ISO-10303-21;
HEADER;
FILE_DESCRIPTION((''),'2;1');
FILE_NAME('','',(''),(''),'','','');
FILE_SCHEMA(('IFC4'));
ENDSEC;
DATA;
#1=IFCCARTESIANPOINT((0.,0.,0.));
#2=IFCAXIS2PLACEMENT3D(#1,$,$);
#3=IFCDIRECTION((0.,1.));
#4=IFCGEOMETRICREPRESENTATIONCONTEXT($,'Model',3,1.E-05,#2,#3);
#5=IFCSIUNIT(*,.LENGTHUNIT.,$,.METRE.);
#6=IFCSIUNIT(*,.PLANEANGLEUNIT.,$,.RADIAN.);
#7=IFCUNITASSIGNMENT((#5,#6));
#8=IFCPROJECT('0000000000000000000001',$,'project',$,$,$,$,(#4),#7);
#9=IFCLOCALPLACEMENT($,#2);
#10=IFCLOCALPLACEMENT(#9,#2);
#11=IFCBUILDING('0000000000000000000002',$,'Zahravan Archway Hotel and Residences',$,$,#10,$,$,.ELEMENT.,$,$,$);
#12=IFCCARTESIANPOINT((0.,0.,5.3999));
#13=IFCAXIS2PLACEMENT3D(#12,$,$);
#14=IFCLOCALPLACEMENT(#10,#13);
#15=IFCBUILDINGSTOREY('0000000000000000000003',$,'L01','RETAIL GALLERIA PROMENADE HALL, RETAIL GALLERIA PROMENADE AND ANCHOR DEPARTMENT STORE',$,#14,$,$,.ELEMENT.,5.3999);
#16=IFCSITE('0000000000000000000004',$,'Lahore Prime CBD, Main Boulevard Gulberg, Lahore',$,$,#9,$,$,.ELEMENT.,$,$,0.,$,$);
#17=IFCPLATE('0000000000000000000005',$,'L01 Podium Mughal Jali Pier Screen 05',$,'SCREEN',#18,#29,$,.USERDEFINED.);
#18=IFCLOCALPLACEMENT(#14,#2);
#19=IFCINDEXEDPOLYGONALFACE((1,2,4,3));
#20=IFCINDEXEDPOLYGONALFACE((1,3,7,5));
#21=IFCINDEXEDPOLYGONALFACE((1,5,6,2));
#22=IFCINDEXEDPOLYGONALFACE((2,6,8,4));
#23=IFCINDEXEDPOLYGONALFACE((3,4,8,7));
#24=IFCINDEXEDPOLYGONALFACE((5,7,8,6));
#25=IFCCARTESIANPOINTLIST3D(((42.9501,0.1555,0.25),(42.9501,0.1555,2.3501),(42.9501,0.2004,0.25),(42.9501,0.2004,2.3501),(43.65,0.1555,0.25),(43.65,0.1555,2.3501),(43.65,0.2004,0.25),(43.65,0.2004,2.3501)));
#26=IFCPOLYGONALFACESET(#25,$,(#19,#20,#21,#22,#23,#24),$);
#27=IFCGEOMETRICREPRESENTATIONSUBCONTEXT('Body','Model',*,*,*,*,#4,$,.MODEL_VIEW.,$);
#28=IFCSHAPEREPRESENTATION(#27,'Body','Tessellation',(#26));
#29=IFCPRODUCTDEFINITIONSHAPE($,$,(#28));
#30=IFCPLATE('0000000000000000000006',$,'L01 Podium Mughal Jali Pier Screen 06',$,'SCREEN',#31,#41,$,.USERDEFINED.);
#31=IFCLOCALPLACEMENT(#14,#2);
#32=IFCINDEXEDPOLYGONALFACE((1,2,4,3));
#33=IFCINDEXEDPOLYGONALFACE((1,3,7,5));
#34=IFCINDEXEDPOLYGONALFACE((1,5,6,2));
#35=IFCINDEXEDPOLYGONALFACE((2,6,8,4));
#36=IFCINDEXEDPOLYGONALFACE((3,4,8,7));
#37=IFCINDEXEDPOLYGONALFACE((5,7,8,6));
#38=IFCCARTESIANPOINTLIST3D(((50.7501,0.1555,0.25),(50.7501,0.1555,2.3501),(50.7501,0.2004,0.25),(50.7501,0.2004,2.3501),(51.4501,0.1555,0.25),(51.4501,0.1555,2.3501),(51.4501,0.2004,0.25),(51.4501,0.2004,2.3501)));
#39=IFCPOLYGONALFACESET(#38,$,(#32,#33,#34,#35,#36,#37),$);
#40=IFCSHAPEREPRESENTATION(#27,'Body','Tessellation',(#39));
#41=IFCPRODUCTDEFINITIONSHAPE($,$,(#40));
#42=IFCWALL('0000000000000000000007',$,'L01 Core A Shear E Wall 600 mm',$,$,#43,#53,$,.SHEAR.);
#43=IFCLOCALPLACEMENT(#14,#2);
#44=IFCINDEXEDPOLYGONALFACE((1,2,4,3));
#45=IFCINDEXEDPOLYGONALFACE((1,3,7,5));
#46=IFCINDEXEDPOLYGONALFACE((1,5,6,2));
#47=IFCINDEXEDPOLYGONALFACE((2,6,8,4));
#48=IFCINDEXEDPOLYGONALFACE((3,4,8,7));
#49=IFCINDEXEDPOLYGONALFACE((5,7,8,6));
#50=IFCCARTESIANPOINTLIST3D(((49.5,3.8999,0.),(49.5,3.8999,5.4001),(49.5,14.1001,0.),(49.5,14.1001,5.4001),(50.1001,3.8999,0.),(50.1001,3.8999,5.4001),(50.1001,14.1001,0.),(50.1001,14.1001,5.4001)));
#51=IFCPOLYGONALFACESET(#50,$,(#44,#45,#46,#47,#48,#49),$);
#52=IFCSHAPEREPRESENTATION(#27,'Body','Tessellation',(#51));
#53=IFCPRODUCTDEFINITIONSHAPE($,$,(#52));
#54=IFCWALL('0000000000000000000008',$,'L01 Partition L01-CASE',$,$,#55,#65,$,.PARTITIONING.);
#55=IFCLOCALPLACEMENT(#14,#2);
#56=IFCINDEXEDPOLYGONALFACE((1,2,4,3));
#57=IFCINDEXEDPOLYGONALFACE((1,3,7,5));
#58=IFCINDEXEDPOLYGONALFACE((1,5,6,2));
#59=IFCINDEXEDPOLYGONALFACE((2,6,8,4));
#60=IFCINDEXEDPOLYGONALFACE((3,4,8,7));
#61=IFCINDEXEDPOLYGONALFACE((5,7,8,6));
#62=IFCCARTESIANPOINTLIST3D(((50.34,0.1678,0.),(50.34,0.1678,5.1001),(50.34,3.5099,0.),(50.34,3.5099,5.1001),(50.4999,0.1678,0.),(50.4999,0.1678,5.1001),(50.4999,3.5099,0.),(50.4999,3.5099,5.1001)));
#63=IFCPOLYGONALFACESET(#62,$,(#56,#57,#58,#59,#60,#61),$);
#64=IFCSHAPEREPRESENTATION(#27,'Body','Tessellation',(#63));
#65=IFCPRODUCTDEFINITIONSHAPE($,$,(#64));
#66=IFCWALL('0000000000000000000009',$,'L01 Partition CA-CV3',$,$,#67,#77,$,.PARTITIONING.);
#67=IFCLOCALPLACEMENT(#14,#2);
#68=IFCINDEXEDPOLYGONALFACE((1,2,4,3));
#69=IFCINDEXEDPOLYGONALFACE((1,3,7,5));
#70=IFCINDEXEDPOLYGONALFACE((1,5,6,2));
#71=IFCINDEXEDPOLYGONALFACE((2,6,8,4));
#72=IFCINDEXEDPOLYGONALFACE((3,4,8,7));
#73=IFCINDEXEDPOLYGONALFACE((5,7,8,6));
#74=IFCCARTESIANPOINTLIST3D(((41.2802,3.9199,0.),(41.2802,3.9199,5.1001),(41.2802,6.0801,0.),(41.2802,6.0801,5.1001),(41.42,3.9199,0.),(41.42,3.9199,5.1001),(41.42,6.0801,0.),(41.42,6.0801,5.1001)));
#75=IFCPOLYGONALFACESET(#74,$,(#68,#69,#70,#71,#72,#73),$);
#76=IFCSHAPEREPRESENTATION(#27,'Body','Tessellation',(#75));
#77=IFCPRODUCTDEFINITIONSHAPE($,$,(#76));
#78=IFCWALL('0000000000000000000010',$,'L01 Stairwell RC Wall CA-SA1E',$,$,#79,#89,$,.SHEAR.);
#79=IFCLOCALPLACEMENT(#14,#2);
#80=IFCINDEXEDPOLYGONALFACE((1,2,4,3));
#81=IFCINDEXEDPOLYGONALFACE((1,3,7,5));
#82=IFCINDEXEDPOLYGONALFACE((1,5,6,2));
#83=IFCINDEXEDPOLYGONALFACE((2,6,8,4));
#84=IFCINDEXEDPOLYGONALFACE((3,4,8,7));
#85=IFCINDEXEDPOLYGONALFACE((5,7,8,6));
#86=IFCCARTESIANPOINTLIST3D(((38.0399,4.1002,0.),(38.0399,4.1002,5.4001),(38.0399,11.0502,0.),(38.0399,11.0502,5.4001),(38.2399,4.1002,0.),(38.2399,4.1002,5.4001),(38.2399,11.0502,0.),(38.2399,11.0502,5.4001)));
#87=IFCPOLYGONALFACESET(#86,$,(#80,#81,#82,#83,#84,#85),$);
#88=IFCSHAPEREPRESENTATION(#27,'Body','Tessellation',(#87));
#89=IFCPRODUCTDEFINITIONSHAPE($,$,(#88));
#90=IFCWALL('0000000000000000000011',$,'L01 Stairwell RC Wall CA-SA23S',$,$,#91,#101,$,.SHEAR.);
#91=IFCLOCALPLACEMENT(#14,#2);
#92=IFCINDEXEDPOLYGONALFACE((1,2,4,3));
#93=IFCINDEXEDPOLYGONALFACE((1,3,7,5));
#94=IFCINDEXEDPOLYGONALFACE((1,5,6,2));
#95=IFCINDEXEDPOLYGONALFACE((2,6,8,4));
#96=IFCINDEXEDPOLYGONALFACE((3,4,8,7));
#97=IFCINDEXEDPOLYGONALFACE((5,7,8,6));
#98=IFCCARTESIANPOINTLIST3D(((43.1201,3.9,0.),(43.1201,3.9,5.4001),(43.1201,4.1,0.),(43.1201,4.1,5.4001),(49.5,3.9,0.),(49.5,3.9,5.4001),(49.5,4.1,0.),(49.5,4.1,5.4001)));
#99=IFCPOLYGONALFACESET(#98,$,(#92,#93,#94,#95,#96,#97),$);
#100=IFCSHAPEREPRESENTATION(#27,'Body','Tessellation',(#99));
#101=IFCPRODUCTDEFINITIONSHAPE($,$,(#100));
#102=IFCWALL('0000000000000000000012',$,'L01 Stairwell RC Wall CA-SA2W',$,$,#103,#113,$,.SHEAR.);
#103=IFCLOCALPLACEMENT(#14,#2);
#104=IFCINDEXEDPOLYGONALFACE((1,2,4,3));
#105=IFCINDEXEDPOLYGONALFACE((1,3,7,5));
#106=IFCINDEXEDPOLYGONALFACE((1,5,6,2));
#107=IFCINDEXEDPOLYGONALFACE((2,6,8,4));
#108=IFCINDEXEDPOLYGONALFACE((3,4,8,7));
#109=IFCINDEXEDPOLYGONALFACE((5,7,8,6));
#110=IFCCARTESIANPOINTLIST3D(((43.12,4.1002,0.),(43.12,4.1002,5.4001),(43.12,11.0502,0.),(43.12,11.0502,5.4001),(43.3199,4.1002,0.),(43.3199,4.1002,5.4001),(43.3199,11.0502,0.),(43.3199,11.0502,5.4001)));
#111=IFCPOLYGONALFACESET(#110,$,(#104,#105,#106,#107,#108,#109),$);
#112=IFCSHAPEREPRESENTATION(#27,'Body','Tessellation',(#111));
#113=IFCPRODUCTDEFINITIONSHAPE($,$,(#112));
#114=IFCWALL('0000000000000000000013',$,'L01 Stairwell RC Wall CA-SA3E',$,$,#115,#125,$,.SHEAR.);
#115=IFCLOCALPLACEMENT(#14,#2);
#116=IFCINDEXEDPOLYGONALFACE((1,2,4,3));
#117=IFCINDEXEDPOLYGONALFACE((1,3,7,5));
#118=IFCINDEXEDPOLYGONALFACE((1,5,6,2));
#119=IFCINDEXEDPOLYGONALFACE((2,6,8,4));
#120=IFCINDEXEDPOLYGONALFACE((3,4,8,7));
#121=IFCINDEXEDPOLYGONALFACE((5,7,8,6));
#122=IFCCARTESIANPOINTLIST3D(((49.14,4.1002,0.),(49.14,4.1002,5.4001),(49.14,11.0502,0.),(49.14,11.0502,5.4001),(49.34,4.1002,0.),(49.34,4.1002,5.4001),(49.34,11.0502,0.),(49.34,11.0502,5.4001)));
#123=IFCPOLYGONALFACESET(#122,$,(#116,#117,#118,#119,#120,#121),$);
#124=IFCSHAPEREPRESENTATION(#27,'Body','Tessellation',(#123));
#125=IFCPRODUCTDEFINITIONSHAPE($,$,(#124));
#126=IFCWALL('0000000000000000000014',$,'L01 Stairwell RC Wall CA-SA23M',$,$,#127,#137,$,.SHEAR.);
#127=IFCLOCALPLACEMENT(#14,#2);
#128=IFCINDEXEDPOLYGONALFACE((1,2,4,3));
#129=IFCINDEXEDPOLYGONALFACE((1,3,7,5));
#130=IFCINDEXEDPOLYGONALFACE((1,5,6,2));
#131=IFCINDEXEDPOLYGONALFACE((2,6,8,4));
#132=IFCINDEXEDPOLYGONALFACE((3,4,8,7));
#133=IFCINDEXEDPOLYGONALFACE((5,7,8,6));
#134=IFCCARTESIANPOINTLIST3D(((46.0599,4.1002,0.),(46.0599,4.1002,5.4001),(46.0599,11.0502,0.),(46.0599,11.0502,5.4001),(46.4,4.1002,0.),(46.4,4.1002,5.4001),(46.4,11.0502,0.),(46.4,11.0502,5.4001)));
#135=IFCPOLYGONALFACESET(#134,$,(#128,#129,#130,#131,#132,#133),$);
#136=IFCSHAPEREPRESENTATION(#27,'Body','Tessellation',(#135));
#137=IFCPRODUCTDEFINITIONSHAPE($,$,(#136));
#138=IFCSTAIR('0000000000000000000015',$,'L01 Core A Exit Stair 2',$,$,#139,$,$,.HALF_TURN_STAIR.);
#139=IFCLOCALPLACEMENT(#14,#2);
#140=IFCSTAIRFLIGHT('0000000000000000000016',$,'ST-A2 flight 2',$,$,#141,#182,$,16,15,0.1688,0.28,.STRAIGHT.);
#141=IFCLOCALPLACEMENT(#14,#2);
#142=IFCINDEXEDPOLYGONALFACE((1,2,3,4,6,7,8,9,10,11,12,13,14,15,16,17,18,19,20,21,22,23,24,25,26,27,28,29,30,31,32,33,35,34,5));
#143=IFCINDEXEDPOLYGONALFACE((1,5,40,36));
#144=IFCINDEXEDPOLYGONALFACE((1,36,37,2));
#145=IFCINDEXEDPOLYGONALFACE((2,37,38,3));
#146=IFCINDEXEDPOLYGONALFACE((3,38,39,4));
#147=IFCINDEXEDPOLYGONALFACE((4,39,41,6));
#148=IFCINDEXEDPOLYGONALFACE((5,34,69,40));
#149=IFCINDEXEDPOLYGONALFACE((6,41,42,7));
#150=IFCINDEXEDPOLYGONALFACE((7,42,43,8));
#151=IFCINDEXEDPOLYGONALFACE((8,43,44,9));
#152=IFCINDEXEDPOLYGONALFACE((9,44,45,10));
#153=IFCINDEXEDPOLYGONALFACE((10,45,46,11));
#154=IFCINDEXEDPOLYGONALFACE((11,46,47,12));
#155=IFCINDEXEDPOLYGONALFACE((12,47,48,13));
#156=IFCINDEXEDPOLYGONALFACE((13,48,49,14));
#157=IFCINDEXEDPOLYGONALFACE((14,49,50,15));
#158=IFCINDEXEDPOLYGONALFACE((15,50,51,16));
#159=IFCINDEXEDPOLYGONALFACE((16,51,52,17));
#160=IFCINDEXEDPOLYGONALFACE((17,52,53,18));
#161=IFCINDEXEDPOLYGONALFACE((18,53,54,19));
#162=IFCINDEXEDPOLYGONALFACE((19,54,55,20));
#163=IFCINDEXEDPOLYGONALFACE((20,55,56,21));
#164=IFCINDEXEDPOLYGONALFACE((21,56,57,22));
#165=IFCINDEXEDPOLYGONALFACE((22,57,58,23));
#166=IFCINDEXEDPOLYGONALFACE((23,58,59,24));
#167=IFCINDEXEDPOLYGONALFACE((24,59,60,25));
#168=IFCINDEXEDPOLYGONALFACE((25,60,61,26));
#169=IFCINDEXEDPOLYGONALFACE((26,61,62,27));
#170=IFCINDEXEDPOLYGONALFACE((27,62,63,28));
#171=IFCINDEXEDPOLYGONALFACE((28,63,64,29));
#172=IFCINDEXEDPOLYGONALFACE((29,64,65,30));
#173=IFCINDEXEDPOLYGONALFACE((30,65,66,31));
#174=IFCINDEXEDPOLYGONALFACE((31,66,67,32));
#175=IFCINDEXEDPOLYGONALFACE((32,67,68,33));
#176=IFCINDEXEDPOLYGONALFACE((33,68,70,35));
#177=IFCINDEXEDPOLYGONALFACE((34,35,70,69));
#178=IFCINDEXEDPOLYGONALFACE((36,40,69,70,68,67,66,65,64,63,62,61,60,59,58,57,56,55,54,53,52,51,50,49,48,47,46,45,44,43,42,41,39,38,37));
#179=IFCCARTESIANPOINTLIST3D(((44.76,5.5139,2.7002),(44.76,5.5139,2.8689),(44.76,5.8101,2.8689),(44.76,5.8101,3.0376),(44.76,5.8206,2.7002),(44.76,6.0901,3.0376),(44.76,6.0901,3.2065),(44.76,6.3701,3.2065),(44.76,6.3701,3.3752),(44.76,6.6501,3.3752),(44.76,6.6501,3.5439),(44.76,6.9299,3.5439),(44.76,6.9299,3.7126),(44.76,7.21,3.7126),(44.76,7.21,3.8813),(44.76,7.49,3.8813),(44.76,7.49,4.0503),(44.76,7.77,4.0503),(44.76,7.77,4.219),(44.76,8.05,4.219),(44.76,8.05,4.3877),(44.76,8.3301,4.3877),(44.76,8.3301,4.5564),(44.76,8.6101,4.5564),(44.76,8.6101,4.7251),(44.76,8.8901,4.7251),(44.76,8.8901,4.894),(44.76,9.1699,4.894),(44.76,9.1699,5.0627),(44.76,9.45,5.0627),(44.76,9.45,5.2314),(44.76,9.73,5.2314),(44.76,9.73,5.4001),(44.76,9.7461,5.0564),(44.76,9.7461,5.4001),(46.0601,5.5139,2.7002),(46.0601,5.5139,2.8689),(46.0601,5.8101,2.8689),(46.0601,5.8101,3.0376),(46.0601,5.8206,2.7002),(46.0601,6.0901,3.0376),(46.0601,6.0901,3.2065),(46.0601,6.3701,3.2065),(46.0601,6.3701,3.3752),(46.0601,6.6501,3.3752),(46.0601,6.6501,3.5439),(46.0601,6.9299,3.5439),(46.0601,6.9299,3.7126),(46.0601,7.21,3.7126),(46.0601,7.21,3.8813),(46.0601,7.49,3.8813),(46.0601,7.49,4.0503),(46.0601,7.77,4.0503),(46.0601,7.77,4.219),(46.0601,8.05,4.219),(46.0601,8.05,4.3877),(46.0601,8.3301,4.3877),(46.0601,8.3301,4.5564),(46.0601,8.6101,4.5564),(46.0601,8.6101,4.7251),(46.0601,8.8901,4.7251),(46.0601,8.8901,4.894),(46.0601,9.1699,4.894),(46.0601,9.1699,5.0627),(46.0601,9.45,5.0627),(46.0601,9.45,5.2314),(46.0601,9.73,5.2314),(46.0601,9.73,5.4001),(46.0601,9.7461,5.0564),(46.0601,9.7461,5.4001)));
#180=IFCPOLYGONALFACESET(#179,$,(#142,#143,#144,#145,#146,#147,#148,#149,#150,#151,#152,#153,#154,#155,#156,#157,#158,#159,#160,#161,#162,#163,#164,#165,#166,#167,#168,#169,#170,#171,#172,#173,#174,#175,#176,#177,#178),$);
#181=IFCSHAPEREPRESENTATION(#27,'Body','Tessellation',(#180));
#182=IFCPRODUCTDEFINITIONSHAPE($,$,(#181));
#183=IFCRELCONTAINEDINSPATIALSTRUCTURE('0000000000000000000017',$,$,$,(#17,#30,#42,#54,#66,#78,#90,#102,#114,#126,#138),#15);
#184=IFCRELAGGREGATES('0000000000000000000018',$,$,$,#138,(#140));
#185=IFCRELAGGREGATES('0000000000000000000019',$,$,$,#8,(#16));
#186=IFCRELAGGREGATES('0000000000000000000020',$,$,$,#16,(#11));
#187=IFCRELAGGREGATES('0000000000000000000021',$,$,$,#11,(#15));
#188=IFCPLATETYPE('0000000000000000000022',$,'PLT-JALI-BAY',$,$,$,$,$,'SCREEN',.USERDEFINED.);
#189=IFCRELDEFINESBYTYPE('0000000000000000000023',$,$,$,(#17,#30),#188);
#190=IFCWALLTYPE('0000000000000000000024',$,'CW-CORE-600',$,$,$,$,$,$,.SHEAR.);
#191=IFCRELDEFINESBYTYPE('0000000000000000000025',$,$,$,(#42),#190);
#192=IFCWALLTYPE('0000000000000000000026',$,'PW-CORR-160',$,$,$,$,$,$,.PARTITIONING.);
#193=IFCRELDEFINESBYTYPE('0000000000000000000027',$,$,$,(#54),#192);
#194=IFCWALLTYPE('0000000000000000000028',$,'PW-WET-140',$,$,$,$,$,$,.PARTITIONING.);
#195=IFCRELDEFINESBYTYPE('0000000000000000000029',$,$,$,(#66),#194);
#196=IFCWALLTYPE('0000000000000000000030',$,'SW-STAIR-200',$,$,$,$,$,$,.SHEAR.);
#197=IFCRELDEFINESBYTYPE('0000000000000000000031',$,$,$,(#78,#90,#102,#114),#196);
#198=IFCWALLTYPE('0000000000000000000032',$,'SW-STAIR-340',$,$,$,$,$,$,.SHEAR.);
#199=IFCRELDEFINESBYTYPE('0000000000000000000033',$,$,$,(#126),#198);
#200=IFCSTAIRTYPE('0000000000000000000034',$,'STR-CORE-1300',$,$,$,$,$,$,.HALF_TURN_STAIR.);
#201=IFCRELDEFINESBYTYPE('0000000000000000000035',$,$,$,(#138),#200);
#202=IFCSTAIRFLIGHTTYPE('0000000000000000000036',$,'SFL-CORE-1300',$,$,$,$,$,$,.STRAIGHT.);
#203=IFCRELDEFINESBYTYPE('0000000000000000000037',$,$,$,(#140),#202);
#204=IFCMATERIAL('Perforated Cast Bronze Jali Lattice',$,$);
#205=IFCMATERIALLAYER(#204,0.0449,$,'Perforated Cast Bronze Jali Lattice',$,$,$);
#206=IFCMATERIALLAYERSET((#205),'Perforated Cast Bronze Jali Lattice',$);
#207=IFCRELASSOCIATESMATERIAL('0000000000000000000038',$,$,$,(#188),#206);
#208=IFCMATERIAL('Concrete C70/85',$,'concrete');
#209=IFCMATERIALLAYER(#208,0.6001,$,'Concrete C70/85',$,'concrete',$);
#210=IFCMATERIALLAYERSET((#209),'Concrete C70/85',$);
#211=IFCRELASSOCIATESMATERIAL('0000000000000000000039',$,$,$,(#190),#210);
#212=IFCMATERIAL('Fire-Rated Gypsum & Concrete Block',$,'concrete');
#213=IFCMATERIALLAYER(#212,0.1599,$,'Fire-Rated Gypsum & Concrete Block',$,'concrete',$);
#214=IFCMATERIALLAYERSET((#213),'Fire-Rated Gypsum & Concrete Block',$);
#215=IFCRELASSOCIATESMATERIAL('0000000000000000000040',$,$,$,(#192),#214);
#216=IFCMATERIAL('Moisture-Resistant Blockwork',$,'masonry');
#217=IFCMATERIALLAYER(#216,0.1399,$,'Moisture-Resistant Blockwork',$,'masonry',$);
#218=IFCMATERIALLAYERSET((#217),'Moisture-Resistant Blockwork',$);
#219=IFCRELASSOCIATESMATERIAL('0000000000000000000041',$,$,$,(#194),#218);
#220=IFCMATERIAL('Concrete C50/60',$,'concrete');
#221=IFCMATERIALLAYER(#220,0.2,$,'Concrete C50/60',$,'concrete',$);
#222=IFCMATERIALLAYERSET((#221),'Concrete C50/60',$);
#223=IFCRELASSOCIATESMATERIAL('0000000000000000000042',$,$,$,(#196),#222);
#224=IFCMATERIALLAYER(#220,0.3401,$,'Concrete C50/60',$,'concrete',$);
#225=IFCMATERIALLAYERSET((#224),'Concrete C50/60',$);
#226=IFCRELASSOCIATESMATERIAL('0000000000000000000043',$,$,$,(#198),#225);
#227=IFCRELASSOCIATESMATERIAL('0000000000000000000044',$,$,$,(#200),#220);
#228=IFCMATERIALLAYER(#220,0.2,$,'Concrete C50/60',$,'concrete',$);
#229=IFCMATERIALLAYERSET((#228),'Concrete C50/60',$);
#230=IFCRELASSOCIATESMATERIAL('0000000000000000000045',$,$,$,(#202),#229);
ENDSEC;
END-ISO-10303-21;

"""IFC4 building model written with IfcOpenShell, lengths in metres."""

from ifc_helpers import new_model, si_unit, direction, frame, frame_2d, origin, origin_2d, place, context, subcontext, project, spatial, polyline, rectangle, outline, extrude, source, transform, mapped, material, layer, layer_set, type_object, type_shapes, element, aggregate, save


model = new_model("IFC4")

# Units and contexts
model_context = context("Model", 3, precision=1e-05, world=origin(), true_north=direction((0.0, 1.0)))
body_context = subcontext(model_context, "Body", "Model", "MODEL_VIEW")
ifc_project = project(units=[si_unit("LENGTHUNIT", "METRE"), si_unit("PLANEANGLEUNIT", "RADIAN")], contexts=[model_context])

# Site, building, storey
site_placement = place(None, origin())
site = spatial("IfcSite", under=ifc_project, at=site_placement, Name="Lahore Prime CBD, Main Boulevard Gulberg, Lahore", CompositionType="ELEMENT", RefElevation=0.0)
building_placement = place(site_placement, origin())
building = spatial("IfcBuilding", under=site, at=building_placement, Name="Zahravan Archway Hotel and Residences", CompositionType="ELEMENT")
storey_placement = place(building_placement, frame((0.0, 0.0, 5.3999)))
storey = spatial("IfcBuildingStorey", under=building, at=storey_placement, Name="L01", Description="RETAIL GALLERIA PROMENADE HALL, RETAIL GALLERIA PROMENADE AND ANCHOR DEPARTMENT STORE", CompositionType="ELEMENT", Elevation=5.3999)

# Plates
ifc_material_1 = material(Name="Perforated Cast Bronze Jali Lattice")
ifc_layer_1 = layer(ifc_material_1, 0.0449, Name="Perforated Cast Bronze Jali Lattice")
ifc_layer_set_1 = layer_set([ifc_layer_1], Name="Perforated Cast Bronze Jali Lattice")
plate_type = type_object("IfcPlateType", Name="PLT-JALI-BAY", ElementType="SCREEN", PredefinedType="USERDEFINED", material=ifc_layer_set_1)
shared_shape_1 = source(origin(), body_context, "Body", "SweptSolid", [
    extrude(rectangle(XDim=0.7, YDim=0.0449, at=origin_2d()), origin(), (0.0, 0.0, 1.0), 2.1001),
])
type_shapes(plate_type, [shared_shape_1])
for number, where, z_axis, x_axis, name in (
    (1, (43.3, 0.178, 0.25), (0.0, 0.0, 1.0), (1.0, 0.0, 0.0), "L01 Podium Mughal Jali Pier Screen 05"),
    (2, (51.1001, 0.178, 0.25), (0.0, 0.0, 1.0), (1.0, 0.0, 0.0), "L01 Podium Mughal Jali Pier Screen 06"),
):
    element("IfcPlate", number, at=place(storey_placement, frame(where, z_axis=z_axis, x_axis=x_axis)), inside=storey, type_object=plate_type, Name=name, ObjectType="SCREEN", PredefinedType="USERDEFINED", context=body_context, shape_type="MappedRepresentation", body=[
        mapped(shared_shape_1, transform((0.0, 0.0, 0.0), scale=1.0)),
    ])

# Walls
ifc_material_2 = material(Name="Concrete C70/85", Category="concrete")
ifc_layer_2 = layer(ifc_material_2, 0.6001, Name="Concrete C70/85", Category="concrete")
ifc_layer_set_2 = layer_set([ifc_layer_2], Name="Concrete C70/85")
wall_type_1 = type_object("IfcWallType", Name="CW-CORE-600", PredefinedType="SHEAR", material=ifc_layer_set_2)
wall_1_placement = place(storey_placement, frame((49.8, 3.8999, 0.0), z_axis=(0.0, 0.0, 1.0), x_axis=(0.0, 1.0, 0.0)))
element("IfcWall", 3, at=wall_1_placement, inside=storey, type_object=wall_type_1, Name="L01 Core A Shear E Wall 600 mm", PredefinedType="SHEAR", context=body_context, shape_type="SweptSolid", body=[
    extrude(rectangle(XDim=10.2002, YDim=0.6001, at=frame_2d((5.1001, 0.0))), origin(), (0.0, 0.0, 1.0), 5.4001),
])
ifc_material_3 = material(Name="Fire-Rated Gypsum & Concrete Block", Category="concrete")
ifc_layer_3 = layer(ifc_material_3, 0.1599, Name="Fire-Rated Gypsum & Concrete Block", Category="concrete")
ifc_layer_set_3 = layer_set([ifc_layer_3], Name="Fire-Rated Gypsum & Concrete Block")
wall_type_2 = type_object("IfcWallType", Name="PW-CORR-160", PredefinedType="PARTITIONING", material=ifc_layer_set_3)
wall_2_placement = place(storey_placement, frame((50.4199, 0.168, 0.0), z_axis=(0.0, 0.0, 1.0), x_axis=(0.0, 1.0, 0.0)))
element("IfcWall", 4, at=wall_2_placement, inside=storey, type_object=wall_type_2, Name="L01 Partition L01-CASE", PredefinedType="PARTITIONING", context=body_context, shape_type="SweptSolid", body=[
    extrude(rectangle(XDim=3.342, YDim=0.1599, at=frame_2d((1.6709, 0.0))), origin(), (0.0, 0.0, 1.0), 5.1001),
])
ifc_material_4 = material(Name="Moisture-Resistant Blockwork", Category="masonry")
ifc_layer_4 = layer(ifc_material_4, 0.1399, Name="Moisture-Resistant Blockwork", Category="masonry")
ifc_layer_set_4 = layer_set([ifc_layer_4], Name="Moisture-Resistant Blockwork")
wall_type_3 = type_object("IfcWallType", Name="PW-WET-140", PredefinedType="PARTITIONING", material=ifc_layer_set_4)
wall_3_placement = place(storey_placement, frame((41.3501, 3.9199, 0.0), z_axis=(0.0, 0.0, 1.0), x_axis=(0.0, 1.0, 0.0)))
element("IfcWall", 5, at=wall_3_placement, inside=storey, type_object=wall_type_3, Name="L01 Partition CA-CV3", PredefinedType="PARTITIONING", context=body_context, shape_type="SweptSolid", body=[
    extrude(rectangle(XDim=2.1602, YDim=0.1399, at=frame_2d((1.0801, 0.0))), origin(), (0.0, 0.0, 1.0), 5.1001),
])
ifc_material_5 = material(Name="Concrete C50/60", Category="concrete")
ifc_layer_5 = layer(ifc_material_5, 0.2, Name="Concrete C50/60", Category="concrete")
ifc_layer_set_5 = layer_set([ifc_layer_5], Name="Concrete C50/60")
wall_type_4 = type_object("IfcWallType", Name="SW-STAIR-200", PredefinedType="SHEAR", material=ifc_layer_set_5)
wall_4_placement = place(storey_placement, frame((38.1399, 4.1001, 0.0), z_axis=(0.0, 0.0, 1.0), x_axis=(0.0, 1.0, 0.0)))
element("IfcWall", 6, at=wall_4_placement, inside=storey, type_object=wall_type_4, Name="L01 Stairwell RC Wall CA-SA1E", PredefinedType="SHEAR", context=body_context, shape_type="SweptSolid", body=[
    extrude(rectangle(XDim=6.95, YDim=0.2, at=frame_2d((3.4751, 0.0))), origin(), (0.0, 0.0, 1.0), 5.4001),
])
wall_5_placement = place(storey_placement, frame((43.1201, 4.0, 0.0), z_axis=(0.0, 0.0, 1.0), x_axis=(1.0, 0.0, 0.0)))
element("IfcWall", 7, at=wall_5_placement, inside=storey, type_object=wall_type_4, Name="L01 Stairwell RC Wall CA-SA23S", PredefinedType="SHEAR", context=body_context, shape_type="SweptSolid", body=[
    extrude(rectangle(XDim=6.3799, YDim=0.2, at=frame_2d((3.1899, 0.0))), origin(), (0.0, 0.0, 1.0), 5.4001),
])
for number, where, z_axis, x_axis, name in (
    (8, (43.22, 4.1001, 0.0), (0.0, 0.0, 1.0), (0.0, 1.0, 0.0), "L01 Stairwell RC Wall CA-SA2W"),
    (9, (49.24, 4.1001, 0.0), (0.0, 0.0, 1.0), (0.0, 1.0, 0.0), "L01 Stairwell RC Wall CA-SA3E"),
):
    element("IfcWall", number, at=place(storey_placement, frame(where, z_axis=z_axis, x_axis=x_axis)), inside=storey, type_object=wall_type_4, Name=name, PredefinedType="SHEAR", context=body_context, shape_type="SweptSolid", body=[
        extrude(rectangle(XDim=6.95, YDim=0.2, at=frame_2d((3.4751, 0.0))), origin(), (0.0, 0.0, 1.0), 5.4001),
    ])
ifc_layer_6 = layer(ifc_material_5, 0.3401, Name="Concrete C50/60", Category="concrete")
ifc_layer_set_6 = layer_set([ifc_layer_6], Name="Concrete C50/60")
wall_type_5 = type_object("IfcWallType", Name="SW-STAIR-340", PredefinedType="SHEAR", material=ifc_layer_set_6)
wall_6_placement = place(storey_placement, frame((46.23, 4.1001, 0.0), z_axis=(0.0, 0.0, 1.0), x_axis=(0.0, 1.0, 0.0)))
element("IfcWall", 10, at=wall_6_placement, inside=storey, type_object=wall_type_5, Name="L01 Stairwell RC Wall CA-SA23M", PredefinedType="SHEAR", context=body_context, shape_type="SweptSolid", body=[
    extrude(rectangle(XDim=6.95, YDim=0.3401, at=frame_2d((3.4751, 0.0))), origin(), (0.0, 0.0, 1.0), 5.4001),
])

# Stair, stair flight
stair_type = type_object("IfcStairType", Name="STR-CORE-1300", PredefinedType="HALF_TURN_STAIR", material=ifc_material_5)
stair_placement = place(storey_placement, origin())
stair = element("IfcStair", 11, at=stair_placement, inside=storey, type_object=stair_type, Name="L01 Core A Exit Stair 2", PredefinedType="HALF_TURN_STAIR")
ifc_layer_7 = layer(ifc_material_5, 0.2, Name="Concrete C50/60", Category="concrete")
ifc_layer_set_7 = layer_set([ifc_layer_7], Name="Concrete C50/60")
stair_flight_type = type_object("IfcStairFlightType", Name="SFL-CORE-1300", PredefinedType="STRAIGHT", material=ifc_layer_set_7)
shared_shape_2 = source(origin(), body_context, "Body", "SweptSolid", [
    extrude(outline(polyline([(-0.0161, 0.0), (-0.0161, 0.1687), (0.28, 0.1687), (0.28, 0.3374), (0.5601, 0.3374), (0.5601, 0.5063), (0.8401, 0.5063), (0.8401, 0.675), (1.1201, 0.675), (1.1201, 0.8438), (1.3999, 0.8438), (1.3999, 1.0125), (1.6799, 1.0125), (1.6799, 1.1812), (1.96, 1.1812), (1.96, 1.3501), (2.24, 1.3501), (2.24, 1.5188), (2.52, 1.5188), (2.52, 1.6875), (2.8, 1.6875), (2.8, 1.8562), (3.0801, 1.8562), (3.0801, 2.0249), (3.3601, 2.0249), (3.3601, 2.1938), (3.6399, 2.1938), (3.6399, 2.3625), (3.9199, 2.3625), (3.9199, 2.5312), (4.2, 2.5312), (4.2, 2.7), (4.2161, 2.7), (4.2161, 2.3562), (0.2905, 0.0), (-0.0161, 0.0)])), frame((0.0, 0.6499, 0.0), z_axis=(0.0, -1.0, 0.0), x_axis=(1.0, 0.0, 0.0)), (0.0, 0.0, 1.0), 1.3),
])
stair_flight_placement = place(storey_placement, frame((45.4099, 5.53, 2.7002), z_axis=(0.0, 0.0, 1.0), x_axis=(0.0, 1.0, 0.0)))
stair_flight = element("IfcStairFlight", 12, at=stair_flight_placement, type_object=stair_flight_type, Name="ST-A2 flight 2", NumberOfRisers=16, NumberOfTreads=15, PredefinedType="STRAIGHT", RiserHeight=0.1688, TreadLength=0.28, context=body_context, shape_type="MappedRepresentation", body=[
    mapped(shared_shape_2, transform((0.0, 0.0, 0.0), scale=1.0)),
])
aggregate(stair, [stair_flight])

save(model, "model.ifc")
